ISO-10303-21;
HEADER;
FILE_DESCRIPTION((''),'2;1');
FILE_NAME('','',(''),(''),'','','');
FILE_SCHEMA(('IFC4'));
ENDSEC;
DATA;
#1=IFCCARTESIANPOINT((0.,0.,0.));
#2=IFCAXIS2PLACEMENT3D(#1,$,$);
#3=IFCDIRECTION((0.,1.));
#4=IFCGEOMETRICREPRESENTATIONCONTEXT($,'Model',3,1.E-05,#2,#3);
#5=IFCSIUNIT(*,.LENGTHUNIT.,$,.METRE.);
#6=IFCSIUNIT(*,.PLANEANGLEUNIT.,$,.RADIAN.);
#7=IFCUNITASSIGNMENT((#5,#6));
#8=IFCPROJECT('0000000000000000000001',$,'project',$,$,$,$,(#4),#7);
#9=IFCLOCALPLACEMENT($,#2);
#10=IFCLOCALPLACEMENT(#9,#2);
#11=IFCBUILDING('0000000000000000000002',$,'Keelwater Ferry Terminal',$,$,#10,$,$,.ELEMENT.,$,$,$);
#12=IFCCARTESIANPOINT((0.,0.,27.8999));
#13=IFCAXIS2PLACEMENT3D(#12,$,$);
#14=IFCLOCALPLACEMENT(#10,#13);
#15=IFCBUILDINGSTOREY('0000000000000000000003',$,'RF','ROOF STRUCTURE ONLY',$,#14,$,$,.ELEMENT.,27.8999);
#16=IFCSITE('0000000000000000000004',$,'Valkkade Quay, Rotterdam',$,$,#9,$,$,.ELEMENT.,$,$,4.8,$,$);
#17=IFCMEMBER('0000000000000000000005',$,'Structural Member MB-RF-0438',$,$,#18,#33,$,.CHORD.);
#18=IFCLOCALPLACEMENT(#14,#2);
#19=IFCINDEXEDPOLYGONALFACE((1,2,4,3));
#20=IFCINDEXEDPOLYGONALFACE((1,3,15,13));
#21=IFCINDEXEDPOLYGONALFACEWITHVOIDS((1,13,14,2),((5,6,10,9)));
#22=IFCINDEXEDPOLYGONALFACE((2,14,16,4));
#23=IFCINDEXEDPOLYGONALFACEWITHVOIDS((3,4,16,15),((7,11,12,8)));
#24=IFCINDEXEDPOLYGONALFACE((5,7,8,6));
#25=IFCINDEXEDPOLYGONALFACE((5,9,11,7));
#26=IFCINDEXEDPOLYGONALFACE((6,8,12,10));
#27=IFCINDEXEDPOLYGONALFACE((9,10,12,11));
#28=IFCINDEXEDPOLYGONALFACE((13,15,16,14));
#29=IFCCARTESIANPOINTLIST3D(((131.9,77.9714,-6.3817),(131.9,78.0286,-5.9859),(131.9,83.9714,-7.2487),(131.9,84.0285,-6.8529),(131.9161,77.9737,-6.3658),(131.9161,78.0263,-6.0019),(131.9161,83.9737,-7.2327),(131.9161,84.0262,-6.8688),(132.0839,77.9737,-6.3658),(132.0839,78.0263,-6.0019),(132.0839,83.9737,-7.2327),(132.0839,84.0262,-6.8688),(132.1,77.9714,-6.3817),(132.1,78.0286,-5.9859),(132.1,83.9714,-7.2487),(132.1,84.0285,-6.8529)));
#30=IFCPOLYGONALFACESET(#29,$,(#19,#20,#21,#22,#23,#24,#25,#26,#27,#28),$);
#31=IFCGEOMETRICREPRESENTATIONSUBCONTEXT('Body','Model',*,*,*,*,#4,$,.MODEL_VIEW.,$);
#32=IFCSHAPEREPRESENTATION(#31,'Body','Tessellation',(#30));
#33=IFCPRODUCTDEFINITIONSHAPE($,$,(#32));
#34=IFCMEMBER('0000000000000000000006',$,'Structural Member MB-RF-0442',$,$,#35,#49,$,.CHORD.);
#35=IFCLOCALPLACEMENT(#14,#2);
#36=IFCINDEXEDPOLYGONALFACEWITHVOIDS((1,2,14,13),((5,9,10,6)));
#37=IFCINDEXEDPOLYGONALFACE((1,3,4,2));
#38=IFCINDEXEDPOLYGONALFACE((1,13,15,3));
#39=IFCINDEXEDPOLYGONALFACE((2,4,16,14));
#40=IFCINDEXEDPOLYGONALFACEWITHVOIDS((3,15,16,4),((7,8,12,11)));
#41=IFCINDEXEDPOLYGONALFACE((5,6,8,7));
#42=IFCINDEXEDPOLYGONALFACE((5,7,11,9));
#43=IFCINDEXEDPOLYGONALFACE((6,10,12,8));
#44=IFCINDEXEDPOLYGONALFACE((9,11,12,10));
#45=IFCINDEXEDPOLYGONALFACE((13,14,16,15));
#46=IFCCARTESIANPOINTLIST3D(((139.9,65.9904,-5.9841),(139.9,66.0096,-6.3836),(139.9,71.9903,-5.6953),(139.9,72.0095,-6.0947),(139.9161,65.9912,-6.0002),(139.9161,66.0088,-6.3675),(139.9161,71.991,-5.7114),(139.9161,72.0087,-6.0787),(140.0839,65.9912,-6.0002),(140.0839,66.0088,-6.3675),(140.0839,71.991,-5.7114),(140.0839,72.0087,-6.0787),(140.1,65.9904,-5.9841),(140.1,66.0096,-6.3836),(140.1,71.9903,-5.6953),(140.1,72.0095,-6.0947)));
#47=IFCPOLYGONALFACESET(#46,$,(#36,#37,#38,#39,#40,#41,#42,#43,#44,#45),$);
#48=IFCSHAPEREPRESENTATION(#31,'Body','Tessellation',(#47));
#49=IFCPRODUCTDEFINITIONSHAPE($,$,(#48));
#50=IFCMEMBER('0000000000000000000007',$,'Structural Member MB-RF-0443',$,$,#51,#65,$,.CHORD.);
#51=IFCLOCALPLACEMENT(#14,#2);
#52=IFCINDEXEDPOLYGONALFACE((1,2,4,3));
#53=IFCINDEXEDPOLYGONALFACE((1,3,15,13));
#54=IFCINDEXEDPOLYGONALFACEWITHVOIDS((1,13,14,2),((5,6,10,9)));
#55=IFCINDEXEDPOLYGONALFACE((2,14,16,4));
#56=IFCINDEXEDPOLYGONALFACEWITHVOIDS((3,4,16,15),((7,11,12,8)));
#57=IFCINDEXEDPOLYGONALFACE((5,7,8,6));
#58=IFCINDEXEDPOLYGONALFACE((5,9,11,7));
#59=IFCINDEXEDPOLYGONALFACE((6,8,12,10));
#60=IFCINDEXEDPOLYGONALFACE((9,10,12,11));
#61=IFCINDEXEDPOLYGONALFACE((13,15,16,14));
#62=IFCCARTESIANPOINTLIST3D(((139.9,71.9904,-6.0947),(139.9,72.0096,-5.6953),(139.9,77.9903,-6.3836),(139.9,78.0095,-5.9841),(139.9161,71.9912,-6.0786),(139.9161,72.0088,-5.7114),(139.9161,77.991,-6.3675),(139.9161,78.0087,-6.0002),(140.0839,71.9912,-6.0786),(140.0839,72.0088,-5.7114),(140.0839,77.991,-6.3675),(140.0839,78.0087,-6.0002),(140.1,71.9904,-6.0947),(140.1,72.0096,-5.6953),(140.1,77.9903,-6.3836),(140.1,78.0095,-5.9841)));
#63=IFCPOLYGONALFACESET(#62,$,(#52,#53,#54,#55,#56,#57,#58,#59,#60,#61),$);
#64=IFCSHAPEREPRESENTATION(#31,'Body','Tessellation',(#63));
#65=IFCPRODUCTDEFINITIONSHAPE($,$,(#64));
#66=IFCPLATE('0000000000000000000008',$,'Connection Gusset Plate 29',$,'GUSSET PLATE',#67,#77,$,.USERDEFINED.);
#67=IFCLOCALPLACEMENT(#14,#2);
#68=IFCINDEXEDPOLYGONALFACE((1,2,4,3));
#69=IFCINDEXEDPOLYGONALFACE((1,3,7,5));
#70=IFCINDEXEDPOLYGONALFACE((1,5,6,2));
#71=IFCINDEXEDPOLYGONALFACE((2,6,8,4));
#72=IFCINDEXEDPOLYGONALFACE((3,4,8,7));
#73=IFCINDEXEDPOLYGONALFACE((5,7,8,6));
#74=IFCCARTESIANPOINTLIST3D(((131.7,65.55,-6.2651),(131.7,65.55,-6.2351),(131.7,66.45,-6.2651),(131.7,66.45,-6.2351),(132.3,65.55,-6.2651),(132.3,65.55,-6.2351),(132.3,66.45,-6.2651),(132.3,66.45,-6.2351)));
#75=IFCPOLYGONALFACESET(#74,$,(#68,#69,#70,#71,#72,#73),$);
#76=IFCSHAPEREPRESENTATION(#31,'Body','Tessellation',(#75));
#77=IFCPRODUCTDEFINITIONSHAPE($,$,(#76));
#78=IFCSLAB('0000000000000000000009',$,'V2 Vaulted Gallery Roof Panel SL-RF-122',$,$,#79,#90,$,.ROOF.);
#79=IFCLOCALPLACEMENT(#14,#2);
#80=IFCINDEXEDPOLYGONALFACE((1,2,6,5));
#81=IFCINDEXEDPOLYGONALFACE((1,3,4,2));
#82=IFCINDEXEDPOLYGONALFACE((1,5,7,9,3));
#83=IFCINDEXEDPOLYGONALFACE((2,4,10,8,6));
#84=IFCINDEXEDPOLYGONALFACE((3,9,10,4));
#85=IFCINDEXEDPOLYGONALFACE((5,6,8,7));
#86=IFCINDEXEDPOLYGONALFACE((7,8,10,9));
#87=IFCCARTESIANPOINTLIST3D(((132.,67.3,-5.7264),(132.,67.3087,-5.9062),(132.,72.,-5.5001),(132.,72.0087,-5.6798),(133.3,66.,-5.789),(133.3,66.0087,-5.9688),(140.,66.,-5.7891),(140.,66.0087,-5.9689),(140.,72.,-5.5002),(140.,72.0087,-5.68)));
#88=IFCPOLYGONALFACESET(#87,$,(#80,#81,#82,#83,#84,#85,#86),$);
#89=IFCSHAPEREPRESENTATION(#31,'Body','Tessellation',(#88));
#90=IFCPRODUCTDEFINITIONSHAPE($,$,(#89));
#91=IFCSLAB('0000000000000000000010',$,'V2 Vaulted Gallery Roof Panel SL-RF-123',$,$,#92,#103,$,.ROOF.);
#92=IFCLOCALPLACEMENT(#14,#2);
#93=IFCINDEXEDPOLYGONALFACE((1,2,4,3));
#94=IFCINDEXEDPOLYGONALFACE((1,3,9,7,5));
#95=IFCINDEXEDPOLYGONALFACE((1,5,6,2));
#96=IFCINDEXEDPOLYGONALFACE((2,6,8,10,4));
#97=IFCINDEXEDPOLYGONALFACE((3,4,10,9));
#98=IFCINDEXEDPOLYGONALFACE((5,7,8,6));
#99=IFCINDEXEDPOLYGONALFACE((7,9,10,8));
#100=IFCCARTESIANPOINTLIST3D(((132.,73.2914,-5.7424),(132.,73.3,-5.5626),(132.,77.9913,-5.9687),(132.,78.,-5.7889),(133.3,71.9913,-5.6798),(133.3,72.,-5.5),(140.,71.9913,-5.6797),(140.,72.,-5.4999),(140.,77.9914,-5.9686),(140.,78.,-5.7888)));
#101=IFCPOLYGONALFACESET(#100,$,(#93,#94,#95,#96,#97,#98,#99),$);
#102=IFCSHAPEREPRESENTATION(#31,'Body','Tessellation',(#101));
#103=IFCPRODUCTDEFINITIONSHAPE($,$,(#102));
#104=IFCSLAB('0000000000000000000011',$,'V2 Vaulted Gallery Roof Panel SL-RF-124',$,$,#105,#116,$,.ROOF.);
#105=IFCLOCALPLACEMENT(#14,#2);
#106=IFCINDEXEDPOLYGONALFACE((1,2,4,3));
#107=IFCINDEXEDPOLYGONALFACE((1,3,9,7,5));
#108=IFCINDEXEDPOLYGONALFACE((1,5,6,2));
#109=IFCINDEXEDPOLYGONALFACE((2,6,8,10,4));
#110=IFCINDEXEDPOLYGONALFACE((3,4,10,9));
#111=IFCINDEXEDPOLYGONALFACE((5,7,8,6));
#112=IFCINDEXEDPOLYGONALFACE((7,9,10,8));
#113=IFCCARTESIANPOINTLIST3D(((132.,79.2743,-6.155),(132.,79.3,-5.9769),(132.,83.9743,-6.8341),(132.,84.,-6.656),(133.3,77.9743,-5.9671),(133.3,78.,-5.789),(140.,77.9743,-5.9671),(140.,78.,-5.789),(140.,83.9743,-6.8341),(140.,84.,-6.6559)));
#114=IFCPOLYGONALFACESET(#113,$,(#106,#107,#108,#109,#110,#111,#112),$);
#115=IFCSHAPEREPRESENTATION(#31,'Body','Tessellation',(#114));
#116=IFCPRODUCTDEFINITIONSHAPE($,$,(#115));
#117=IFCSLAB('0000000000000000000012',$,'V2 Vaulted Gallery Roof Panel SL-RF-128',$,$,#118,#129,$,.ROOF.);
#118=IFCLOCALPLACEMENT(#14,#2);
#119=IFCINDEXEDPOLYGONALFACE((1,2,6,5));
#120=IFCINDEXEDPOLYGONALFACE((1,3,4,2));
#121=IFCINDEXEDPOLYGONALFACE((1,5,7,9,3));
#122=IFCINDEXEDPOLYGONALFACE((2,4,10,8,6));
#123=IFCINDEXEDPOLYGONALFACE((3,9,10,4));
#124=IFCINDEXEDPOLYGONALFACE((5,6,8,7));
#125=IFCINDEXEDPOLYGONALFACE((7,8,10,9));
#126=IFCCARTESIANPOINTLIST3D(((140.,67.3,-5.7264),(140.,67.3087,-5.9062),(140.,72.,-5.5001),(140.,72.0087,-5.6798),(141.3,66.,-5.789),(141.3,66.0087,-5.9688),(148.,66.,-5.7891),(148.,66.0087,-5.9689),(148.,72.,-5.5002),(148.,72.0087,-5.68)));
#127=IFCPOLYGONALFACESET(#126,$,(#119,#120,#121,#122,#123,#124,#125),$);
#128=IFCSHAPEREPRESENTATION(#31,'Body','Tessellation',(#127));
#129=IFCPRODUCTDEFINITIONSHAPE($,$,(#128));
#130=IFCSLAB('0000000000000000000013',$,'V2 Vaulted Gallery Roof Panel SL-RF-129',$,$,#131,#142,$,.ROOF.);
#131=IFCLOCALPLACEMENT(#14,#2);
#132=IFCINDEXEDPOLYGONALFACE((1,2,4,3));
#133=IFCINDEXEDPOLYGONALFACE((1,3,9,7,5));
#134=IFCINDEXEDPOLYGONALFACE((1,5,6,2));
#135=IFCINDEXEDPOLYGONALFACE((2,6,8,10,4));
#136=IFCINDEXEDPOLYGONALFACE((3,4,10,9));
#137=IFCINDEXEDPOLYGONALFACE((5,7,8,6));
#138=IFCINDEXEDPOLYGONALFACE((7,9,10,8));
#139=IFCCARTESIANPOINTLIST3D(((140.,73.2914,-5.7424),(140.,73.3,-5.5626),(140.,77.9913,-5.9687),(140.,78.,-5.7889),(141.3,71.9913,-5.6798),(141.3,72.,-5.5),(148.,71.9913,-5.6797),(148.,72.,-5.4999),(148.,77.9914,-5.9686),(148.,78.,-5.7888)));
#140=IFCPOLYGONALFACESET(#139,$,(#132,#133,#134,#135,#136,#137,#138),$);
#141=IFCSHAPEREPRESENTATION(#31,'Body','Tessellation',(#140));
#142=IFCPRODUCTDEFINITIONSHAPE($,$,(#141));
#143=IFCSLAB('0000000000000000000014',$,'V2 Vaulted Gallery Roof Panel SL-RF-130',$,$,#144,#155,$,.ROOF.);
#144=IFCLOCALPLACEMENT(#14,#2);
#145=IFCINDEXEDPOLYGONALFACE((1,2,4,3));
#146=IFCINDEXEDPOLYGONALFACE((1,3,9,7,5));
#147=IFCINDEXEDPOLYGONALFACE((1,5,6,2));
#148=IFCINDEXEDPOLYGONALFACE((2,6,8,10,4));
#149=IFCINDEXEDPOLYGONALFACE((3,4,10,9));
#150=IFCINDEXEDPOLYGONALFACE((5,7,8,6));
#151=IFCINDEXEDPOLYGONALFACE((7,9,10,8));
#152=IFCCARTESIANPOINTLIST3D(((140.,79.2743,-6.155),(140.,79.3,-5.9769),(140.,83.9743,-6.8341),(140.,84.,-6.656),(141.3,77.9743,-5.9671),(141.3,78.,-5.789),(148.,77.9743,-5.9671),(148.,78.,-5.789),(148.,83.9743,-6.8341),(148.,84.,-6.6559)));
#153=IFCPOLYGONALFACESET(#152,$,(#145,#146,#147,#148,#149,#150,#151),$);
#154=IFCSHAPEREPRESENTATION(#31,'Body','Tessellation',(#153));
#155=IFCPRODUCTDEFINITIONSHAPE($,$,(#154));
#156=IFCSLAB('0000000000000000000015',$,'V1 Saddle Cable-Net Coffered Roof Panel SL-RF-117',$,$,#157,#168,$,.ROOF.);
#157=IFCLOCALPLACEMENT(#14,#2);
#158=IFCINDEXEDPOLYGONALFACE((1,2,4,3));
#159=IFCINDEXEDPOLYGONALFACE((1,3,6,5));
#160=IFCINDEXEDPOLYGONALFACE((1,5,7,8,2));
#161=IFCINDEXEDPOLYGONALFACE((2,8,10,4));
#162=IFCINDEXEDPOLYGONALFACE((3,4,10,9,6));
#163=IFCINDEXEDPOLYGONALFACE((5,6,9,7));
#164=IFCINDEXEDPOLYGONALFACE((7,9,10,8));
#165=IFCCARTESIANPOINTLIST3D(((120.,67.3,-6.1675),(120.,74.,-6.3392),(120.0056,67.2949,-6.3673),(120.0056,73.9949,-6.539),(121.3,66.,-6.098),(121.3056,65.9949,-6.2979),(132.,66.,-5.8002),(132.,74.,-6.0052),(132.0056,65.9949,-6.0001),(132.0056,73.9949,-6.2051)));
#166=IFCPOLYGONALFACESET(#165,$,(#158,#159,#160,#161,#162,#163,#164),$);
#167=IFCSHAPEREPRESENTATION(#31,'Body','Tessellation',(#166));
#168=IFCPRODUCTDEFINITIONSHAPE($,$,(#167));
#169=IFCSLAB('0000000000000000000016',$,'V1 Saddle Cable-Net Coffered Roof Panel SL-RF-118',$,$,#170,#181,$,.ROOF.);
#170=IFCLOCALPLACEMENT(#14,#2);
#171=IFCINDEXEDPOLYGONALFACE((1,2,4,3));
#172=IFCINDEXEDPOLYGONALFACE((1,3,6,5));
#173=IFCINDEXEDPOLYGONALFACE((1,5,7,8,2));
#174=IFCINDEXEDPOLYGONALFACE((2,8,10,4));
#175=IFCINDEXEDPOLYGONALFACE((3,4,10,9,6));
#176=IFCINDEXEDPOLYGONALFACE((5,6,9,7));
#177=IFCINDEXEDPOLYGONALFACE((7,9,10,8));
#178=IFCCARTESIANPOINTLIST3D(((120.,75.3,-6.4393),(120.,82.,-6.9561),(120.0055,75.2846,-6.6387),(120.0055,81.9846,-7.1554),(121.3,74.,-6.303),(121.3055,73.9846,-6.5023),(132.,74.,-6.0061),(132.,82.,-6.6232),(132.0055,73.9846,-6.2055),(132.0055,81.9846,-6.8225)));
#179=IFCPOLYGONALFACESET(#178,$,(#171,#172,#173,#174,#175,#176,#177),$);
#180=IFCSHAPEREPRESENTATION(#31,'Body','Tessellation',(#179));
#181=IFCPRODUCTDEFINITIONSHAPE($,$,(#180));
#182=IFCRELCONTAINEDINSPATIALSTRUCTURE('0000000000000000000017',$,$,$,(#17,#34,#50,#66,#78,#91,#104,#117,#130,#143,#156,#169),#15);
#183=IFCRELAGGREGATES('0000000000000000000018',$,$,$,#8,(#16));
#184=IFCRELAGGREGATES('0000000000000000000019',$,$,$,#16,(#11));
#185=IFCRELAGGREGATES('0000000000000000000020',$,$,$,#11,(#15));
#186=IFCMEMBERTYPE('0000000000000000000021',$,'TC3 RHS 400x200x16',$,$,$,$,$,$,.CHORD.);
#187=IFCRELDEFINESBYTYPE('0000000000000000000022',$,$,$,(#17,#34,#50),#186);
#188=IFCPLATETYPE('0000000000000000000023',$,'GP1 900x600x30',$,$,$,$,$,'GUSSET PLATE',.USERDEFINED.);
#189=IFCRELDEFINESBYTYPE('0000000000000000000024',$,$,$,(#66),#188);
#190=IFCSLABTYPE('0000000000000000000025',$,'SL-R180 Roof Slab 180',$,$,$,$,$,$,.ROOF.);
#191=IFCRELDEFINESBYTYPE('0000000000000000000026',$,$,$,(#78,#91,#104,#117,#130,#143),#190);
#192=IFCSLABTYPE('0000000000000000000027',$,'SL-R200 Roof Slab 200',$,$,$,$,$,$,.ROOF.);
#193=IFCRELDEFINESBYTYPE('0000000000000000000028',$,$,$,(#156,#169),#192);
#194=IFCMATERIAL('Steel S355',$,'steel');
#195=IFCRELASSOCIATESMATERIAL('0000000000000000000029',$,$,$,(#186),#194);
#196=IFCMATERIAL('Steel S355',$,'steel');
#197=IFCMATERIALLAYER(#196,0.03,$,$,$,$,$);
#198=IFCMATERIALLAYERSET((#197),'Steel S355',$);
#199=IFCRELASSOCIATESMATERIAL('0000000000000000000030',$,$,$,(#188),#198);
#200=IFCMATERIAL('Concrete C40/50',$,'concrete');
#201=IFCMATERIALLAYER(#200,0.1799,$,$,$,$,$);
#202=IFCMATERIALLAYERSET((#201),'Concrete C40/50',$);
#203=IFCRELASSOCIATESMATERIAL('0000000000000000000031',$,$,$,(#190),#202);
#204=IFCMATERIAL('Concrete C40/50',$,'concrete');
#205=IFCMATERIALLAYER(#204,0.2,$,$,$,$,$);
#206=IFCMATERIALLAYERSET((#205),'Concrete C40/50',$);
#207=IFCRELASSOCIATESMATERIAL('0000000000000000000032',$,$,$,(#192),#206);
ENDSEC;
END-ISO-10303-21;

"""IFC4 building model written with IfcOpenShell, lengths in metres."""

from ifc_helpers import new_model, si_unit, direction, frame, origin, origin_with_axes, origin_2d, place, context, subcontext, project, spatial, polyline, rectangle, hollow_rectangle, outline, extrude, material, layer, layer_set, material_profile, profile_set, type_object, element, save


model = new_model("IFC4")

# Units and contexts
model_context = context("Model", 3, precision=1e-05, world=origin(), true_north=direction((0.0, 1.0)))
body_context = subcontext(model_context, "Body", "Model", "MODEL_VIEW")
ifc_project = project(units=[si_unit("LENGTHUNIT", "METRE"), si_unit("PLANEANGLEUNIT", "RADIAN")], contexts=[model_context])

# Site, building, storey
site_placement = place(None, origin())
site = spatial("IfcSite", under=ifc_project, at=site_placement, Name="Valkkade Quay, Rotterdam", CompositionType="ELEMENT", RefElevation=4.8)
building_placement = place(site_placement, origin())
building = spatial("IfcBuilding", under=site, at=building_placement, Name="Keelwater Ferry Terminal", CompositionType="ELEMENT")
storey_placement = place(building_placement, frame((0.0, 0.0, 27.8999)))
storey = spatial("IfcBuildingStorey", under=building, at=storey_placement, Name="RF", Description="ROOF STRUCTURE ONLY", CompositionType="ELEMENT", Elevation=27.8999)

# Members
ifc_material_1 = material(Name="Steel S355", Category="steel")
ifc_material_profile_1 = material_profile(ifc_material_1, hollow_rectangle(XDim=0.2, YDim=0.3999, WallThickness=0.0161, at=origin_2d()), Name="RHS 400x200x16")
ifc_profile_set_1 = profile_set([ifc_material_profile_1], Name="Steel S355")
member_type_1 = type_object("IfcMemberType", Name="TC3 RHS 400x200x16", PredefinedType="CHORD", material=ifc_profile_set_1)
member_1_placement = place(storey_placement, frame((132.0, 78.0, -6.1838), z_axis=(0.0, 0.989722, -0.143005), x_axis=(-1.0, 0.0, 0.0)))
element("IfcMember", 1, at=member_1_placement, inside=storey, type_object=member_type_1, Name="Structural Member MB-RF-0438", PredefinedType="CHORD", context=body_context, shape_type="SweptSolid", body=[
    extrude(hollow_rectangle(XDim=0.2, YDim=0.3999, WallThickness=0.0161, at=origin_2d()), origin(), (0.0, 0.0, 1.0), 6.0623),
])
for number, where, z_axis, x_axis, name in (
    (2, (140.0, 66.0, -6.1838), (0.0, 0.998843, 0.048081), (-1.0, 0.0, 0.0), "Structural Member MB-RF-0442"),
    (3, (140.0, 72.0, -5.895), (0.0, 0.998843, -0.048081), (-1.0, 0.0, 0.0), "Structural Member MB-RF-0443"),
):
    element("IfcMember", number, at=place(storey_placement, frame(where, z_axis=z_axis, x_axis=x_axis)), inside=storey, type_object=member_type_1, Name=name, PredefinedType="CHORD", context=body_context, shape_type="SweptSolid", body=[
        extrude(hollow_rectangle(XDim=0.2, YDim=0.3999, WallThickness=0.0161, at=origin_2d()), origin(), (0.0, 0.0, 1.0), 6.0068),
    ])

# Plate
ifc_material_2 = material(Name="Steel S355", Category="steel")
ifc_layer_1 = layer(ifc_material_2, 0.03)
ifc_layer_set_1 = layer_set([ifc_layer_1], Name="Steel S355")
plate_type = type_object("IfcPlateType", Name="GP1 900x600x30", ElementType="GUSSET PLATE", PredefinedType="USERDEFINED", material=ifc_layer_set_1)
plate_placement = place(storey_placement, frame((132.0, 66.0, -6.2651), z_axis=(0.0, 0.0, 1.0), x_axis=(0.0, 1.0, 0.0)))
element("IfcPlate", 4, at=plate_placement, inside=storey, type_object=plate_type, Name="Connection Gusset Plate 29", ObjectType="GUSSET PLATE", PredefinedType="USERDEFINED", context=body_context, shape_type="SweptSolid", body=[
    extrude(rectangle(XDim=0.8999, YDim=0.6001, at=origin_2d()), origin(), (0.0, 0.0, 1.0), 0.03),
])

# Slabs
ifc_material_3 = material(Name="Concrete C40/50", Category="concrete")
ifc_layer_2 = layer(ifc_material_3, 0.1799)
ifc_layer_set_2 = layer_set([ifc_layer_2], Name="Concrete C40/50")
slab_type_1 = type_object("IfcSlabType", Name="SL-R180 Roof Slab 180", PredefinedType="ROOF", material=ifc_layer_set_2)
slab_1_placement = place(storey_placement, frame((133.3, 66.0087, -5.9688), z_axis=(0.000019, -0.048098, 0.998843), x_axis=(1.0, 0.000001, -0.000019)))
element("IfcSlab", 5, at=slab_1_placement, inside=storey, type_object=slab_type_1, Name="V2 Vaulted Gallery Roof Panel SL-RF-122", PredefinedType="ROOF", context=body_context, shape_type="SweptSolid", body=[
    extrude(outline(polyline([(0.0, 0.0), (6.7, 0.0), (6.7, 6.007), (-1.3, 6.007), (-1.3, 1.3015), (0.0, 0.0)])), origin_with_axes(), (0.0, 0.0, 1.0), 0.18),
])
slab_2_placement = place(storey_placement, frame((133.3, 71.9913, -5.6798), z_axis=(-0.000019, 0.048098, 0.998843), x_axis=(1.0, 0.000001, 0.000019)))
element("IfcSlab", 6, at=slab_2_placement, inside=storey, type_object=slab_type_1, Name="V2 Vaulted Gallery Roof Panel SL-RF-123", PredefinedType="ROOF", context=body_context, shape_type="SweptSolid", body=[
    extrude(outline(polyline([(0.0, 0.0), (6.7, 0.0), (6.7, 6.007), (-1.3, 6.007), (-1.3, 1.3015), (0.0, 0.0)])), origin_with_axes(), (0.0, 0.0, 1.0), 0.18),
])
slab_3_placement = place(storey_placement, frame((133.3, 77.9743, -5.9671), z_axis=(-0.000007, 0.14301, 0.989721), x_axis=(1.0, 0.000001, 0.000007)))
element("IfcSlab", 7, at=slab_3_placement, inside=storey, type_object=slab_type_1, Name="V2 Vaulted Gallery Roof Panel SL-RF-124", PredefinedType="ROOF", context=body_context, shape_type="SweptSolid", body=[
    extrude(outline(polyline([(0.0, 0.0), (6.7, 0.0), (6.7, 6.0623), (-1.3, 6.0623), (-1.3, 1.3135), (0.0, 0.0)])), origin_with_axes(), (0.0, 0.0, 1.0), 0.18),
])
slab_4_placement = place(storey_placement, frame((141.3, 66.0087, -5.9688), z_axis=(0.000019, -0.048098, 0.998843), x_axis=(1.0, 0.000001, -0.000019)))
element("IfcSlab", 8, at=slab_4_placement, inside=storey, type_object=slab_type_1, Name="V2 Vaulted Gallery Roof Panel SL-RF-128", PredefinedType="ROOF", context=body_context, shape_type="SweptSolid", body=[
    extrude(outline(polyline([(0.0, 0.0), (6.7, 0.0), (6.7, 6.007), (-1.3, 6.007), (-1.3, 1.3015), (0.0, 0.0)])), origin_with_axes(), (0.0, 0.0, 1.0), 0.18),
])
slab_5_placement = place(storey_placement, frame((141.3, 71.9913, -5.6798), z_axis=(-0.000019, 0.048098, 0.998843), x_axis=(1.0, 0.000001, 0.000019)))
element("IfcSlab", 9, at=slab_5_placement, inside=storey, type_object=slab_type_1, Name="V2 Vaulted Gallery Roof Panel SL-RF-129", PredefinedType="ROOF", context=body_context, shape_type="SweptSolid", body=[
    extrude(outline(polyline([(0.0, 0.0), (6.7, 0.0), (6.7, 6.007), (-1.3, 6.007), (-1.3, 1.3015), (0.0, 0.0)])), origin_with_axes(), (0.0, 0.0, 1.0), 0.18),
])
slab_6_placement = place(storey_placement, frame((141.3, 77.9743, -5.9671), z_axis=(-0.000007, 0.14301, 0.989721), x_axis=(1.0, 0.000001, 0.000007)))
element("IfcSlab", 10, at=slab_6_placement, inside=storey, type_object=slab_type_1, Name="V2 Vaulted Gallery Roof Panel SL-RF-130", PredefinedType="ROOF", context=body_context, shape_type="SweptSolid", body=[
    extrude(outline(polyline([(0.0, 0.0), (6.7, 0.0), (6.7, 6.0623), (-1.3, 6.0623), (-1.3, 1.3135), (0.0, 0.0)])), origin_with_axes(), (0.0, 0.0, 1.0), 0.18),
])
ifc_material_4 = material(Name="Concrete C40/50", Category="concrete")
ifc_layer_3 = layer(ifc_material_4, 0.2)
ifc_layer_set_3 = layer_set([ifc_layer_3], Name="Concrete C40/50")
slab_type_2 = type_object("IfcSlabType", Name="SL-R200 Roof Slab 200", PredefinedType="ROOF", material=ifc_layer_set_3)
slab_7_placement = place(storey_placement, frame((121.3056, 65.9949, -6.2979), z_axis=(-0.027808, 0.025607, 0.999285), x_axis=(0.999613, 0.000712, 0.027799)))
element("IfcSlab", 11, at=slab_7_placement, inside=storey, type_object=slab_type_2, Name="V1 Saddle Cable-Net Coffered Roof Panel SL-RF-117", PredefinedType="ROOF", context=body_context, shape_type="SweptSolid", body=[
    extrude(outline(polyline([(0.0, 0.0), (10.7041, -0.0076), (10.7041, 7.995), (-1.3005, 8.0035), (-1.3005, 1.3013), (0.0, 0.0)])), origin_with_axes(), (0.0, 0.0, 1.0), 0.2),
])
slab_8_placement = place(storey_placement, frame((121.3055, 73.9846, -6.5023), z_axis=(-0.027651, 0.076871, 0.996658), x_axis=(0.999618, 0.002126, 0.027569)))
element("IfcSlab", 12, at=slab_8_placement, inside=storey, type_object=slab_type_2, Name="V1 Saddle Cable-Net Coffered Roof Panel SL-RF-118", PredefinedType="ROOF", context=body_context, shape_type="SweptSolid", body=[
    extrude(outline(polyline([(0.0, 0.0), (10.7041, -0.0228), (10.7041, 8.0009), (-1.3005, 8.0265), (-1.3005, 1.3066), (0.0, 0.0)])), origin_with_axes(), (0.0, 0.0, 1.0), 0.2),
])

save(model, "model.ifc")
